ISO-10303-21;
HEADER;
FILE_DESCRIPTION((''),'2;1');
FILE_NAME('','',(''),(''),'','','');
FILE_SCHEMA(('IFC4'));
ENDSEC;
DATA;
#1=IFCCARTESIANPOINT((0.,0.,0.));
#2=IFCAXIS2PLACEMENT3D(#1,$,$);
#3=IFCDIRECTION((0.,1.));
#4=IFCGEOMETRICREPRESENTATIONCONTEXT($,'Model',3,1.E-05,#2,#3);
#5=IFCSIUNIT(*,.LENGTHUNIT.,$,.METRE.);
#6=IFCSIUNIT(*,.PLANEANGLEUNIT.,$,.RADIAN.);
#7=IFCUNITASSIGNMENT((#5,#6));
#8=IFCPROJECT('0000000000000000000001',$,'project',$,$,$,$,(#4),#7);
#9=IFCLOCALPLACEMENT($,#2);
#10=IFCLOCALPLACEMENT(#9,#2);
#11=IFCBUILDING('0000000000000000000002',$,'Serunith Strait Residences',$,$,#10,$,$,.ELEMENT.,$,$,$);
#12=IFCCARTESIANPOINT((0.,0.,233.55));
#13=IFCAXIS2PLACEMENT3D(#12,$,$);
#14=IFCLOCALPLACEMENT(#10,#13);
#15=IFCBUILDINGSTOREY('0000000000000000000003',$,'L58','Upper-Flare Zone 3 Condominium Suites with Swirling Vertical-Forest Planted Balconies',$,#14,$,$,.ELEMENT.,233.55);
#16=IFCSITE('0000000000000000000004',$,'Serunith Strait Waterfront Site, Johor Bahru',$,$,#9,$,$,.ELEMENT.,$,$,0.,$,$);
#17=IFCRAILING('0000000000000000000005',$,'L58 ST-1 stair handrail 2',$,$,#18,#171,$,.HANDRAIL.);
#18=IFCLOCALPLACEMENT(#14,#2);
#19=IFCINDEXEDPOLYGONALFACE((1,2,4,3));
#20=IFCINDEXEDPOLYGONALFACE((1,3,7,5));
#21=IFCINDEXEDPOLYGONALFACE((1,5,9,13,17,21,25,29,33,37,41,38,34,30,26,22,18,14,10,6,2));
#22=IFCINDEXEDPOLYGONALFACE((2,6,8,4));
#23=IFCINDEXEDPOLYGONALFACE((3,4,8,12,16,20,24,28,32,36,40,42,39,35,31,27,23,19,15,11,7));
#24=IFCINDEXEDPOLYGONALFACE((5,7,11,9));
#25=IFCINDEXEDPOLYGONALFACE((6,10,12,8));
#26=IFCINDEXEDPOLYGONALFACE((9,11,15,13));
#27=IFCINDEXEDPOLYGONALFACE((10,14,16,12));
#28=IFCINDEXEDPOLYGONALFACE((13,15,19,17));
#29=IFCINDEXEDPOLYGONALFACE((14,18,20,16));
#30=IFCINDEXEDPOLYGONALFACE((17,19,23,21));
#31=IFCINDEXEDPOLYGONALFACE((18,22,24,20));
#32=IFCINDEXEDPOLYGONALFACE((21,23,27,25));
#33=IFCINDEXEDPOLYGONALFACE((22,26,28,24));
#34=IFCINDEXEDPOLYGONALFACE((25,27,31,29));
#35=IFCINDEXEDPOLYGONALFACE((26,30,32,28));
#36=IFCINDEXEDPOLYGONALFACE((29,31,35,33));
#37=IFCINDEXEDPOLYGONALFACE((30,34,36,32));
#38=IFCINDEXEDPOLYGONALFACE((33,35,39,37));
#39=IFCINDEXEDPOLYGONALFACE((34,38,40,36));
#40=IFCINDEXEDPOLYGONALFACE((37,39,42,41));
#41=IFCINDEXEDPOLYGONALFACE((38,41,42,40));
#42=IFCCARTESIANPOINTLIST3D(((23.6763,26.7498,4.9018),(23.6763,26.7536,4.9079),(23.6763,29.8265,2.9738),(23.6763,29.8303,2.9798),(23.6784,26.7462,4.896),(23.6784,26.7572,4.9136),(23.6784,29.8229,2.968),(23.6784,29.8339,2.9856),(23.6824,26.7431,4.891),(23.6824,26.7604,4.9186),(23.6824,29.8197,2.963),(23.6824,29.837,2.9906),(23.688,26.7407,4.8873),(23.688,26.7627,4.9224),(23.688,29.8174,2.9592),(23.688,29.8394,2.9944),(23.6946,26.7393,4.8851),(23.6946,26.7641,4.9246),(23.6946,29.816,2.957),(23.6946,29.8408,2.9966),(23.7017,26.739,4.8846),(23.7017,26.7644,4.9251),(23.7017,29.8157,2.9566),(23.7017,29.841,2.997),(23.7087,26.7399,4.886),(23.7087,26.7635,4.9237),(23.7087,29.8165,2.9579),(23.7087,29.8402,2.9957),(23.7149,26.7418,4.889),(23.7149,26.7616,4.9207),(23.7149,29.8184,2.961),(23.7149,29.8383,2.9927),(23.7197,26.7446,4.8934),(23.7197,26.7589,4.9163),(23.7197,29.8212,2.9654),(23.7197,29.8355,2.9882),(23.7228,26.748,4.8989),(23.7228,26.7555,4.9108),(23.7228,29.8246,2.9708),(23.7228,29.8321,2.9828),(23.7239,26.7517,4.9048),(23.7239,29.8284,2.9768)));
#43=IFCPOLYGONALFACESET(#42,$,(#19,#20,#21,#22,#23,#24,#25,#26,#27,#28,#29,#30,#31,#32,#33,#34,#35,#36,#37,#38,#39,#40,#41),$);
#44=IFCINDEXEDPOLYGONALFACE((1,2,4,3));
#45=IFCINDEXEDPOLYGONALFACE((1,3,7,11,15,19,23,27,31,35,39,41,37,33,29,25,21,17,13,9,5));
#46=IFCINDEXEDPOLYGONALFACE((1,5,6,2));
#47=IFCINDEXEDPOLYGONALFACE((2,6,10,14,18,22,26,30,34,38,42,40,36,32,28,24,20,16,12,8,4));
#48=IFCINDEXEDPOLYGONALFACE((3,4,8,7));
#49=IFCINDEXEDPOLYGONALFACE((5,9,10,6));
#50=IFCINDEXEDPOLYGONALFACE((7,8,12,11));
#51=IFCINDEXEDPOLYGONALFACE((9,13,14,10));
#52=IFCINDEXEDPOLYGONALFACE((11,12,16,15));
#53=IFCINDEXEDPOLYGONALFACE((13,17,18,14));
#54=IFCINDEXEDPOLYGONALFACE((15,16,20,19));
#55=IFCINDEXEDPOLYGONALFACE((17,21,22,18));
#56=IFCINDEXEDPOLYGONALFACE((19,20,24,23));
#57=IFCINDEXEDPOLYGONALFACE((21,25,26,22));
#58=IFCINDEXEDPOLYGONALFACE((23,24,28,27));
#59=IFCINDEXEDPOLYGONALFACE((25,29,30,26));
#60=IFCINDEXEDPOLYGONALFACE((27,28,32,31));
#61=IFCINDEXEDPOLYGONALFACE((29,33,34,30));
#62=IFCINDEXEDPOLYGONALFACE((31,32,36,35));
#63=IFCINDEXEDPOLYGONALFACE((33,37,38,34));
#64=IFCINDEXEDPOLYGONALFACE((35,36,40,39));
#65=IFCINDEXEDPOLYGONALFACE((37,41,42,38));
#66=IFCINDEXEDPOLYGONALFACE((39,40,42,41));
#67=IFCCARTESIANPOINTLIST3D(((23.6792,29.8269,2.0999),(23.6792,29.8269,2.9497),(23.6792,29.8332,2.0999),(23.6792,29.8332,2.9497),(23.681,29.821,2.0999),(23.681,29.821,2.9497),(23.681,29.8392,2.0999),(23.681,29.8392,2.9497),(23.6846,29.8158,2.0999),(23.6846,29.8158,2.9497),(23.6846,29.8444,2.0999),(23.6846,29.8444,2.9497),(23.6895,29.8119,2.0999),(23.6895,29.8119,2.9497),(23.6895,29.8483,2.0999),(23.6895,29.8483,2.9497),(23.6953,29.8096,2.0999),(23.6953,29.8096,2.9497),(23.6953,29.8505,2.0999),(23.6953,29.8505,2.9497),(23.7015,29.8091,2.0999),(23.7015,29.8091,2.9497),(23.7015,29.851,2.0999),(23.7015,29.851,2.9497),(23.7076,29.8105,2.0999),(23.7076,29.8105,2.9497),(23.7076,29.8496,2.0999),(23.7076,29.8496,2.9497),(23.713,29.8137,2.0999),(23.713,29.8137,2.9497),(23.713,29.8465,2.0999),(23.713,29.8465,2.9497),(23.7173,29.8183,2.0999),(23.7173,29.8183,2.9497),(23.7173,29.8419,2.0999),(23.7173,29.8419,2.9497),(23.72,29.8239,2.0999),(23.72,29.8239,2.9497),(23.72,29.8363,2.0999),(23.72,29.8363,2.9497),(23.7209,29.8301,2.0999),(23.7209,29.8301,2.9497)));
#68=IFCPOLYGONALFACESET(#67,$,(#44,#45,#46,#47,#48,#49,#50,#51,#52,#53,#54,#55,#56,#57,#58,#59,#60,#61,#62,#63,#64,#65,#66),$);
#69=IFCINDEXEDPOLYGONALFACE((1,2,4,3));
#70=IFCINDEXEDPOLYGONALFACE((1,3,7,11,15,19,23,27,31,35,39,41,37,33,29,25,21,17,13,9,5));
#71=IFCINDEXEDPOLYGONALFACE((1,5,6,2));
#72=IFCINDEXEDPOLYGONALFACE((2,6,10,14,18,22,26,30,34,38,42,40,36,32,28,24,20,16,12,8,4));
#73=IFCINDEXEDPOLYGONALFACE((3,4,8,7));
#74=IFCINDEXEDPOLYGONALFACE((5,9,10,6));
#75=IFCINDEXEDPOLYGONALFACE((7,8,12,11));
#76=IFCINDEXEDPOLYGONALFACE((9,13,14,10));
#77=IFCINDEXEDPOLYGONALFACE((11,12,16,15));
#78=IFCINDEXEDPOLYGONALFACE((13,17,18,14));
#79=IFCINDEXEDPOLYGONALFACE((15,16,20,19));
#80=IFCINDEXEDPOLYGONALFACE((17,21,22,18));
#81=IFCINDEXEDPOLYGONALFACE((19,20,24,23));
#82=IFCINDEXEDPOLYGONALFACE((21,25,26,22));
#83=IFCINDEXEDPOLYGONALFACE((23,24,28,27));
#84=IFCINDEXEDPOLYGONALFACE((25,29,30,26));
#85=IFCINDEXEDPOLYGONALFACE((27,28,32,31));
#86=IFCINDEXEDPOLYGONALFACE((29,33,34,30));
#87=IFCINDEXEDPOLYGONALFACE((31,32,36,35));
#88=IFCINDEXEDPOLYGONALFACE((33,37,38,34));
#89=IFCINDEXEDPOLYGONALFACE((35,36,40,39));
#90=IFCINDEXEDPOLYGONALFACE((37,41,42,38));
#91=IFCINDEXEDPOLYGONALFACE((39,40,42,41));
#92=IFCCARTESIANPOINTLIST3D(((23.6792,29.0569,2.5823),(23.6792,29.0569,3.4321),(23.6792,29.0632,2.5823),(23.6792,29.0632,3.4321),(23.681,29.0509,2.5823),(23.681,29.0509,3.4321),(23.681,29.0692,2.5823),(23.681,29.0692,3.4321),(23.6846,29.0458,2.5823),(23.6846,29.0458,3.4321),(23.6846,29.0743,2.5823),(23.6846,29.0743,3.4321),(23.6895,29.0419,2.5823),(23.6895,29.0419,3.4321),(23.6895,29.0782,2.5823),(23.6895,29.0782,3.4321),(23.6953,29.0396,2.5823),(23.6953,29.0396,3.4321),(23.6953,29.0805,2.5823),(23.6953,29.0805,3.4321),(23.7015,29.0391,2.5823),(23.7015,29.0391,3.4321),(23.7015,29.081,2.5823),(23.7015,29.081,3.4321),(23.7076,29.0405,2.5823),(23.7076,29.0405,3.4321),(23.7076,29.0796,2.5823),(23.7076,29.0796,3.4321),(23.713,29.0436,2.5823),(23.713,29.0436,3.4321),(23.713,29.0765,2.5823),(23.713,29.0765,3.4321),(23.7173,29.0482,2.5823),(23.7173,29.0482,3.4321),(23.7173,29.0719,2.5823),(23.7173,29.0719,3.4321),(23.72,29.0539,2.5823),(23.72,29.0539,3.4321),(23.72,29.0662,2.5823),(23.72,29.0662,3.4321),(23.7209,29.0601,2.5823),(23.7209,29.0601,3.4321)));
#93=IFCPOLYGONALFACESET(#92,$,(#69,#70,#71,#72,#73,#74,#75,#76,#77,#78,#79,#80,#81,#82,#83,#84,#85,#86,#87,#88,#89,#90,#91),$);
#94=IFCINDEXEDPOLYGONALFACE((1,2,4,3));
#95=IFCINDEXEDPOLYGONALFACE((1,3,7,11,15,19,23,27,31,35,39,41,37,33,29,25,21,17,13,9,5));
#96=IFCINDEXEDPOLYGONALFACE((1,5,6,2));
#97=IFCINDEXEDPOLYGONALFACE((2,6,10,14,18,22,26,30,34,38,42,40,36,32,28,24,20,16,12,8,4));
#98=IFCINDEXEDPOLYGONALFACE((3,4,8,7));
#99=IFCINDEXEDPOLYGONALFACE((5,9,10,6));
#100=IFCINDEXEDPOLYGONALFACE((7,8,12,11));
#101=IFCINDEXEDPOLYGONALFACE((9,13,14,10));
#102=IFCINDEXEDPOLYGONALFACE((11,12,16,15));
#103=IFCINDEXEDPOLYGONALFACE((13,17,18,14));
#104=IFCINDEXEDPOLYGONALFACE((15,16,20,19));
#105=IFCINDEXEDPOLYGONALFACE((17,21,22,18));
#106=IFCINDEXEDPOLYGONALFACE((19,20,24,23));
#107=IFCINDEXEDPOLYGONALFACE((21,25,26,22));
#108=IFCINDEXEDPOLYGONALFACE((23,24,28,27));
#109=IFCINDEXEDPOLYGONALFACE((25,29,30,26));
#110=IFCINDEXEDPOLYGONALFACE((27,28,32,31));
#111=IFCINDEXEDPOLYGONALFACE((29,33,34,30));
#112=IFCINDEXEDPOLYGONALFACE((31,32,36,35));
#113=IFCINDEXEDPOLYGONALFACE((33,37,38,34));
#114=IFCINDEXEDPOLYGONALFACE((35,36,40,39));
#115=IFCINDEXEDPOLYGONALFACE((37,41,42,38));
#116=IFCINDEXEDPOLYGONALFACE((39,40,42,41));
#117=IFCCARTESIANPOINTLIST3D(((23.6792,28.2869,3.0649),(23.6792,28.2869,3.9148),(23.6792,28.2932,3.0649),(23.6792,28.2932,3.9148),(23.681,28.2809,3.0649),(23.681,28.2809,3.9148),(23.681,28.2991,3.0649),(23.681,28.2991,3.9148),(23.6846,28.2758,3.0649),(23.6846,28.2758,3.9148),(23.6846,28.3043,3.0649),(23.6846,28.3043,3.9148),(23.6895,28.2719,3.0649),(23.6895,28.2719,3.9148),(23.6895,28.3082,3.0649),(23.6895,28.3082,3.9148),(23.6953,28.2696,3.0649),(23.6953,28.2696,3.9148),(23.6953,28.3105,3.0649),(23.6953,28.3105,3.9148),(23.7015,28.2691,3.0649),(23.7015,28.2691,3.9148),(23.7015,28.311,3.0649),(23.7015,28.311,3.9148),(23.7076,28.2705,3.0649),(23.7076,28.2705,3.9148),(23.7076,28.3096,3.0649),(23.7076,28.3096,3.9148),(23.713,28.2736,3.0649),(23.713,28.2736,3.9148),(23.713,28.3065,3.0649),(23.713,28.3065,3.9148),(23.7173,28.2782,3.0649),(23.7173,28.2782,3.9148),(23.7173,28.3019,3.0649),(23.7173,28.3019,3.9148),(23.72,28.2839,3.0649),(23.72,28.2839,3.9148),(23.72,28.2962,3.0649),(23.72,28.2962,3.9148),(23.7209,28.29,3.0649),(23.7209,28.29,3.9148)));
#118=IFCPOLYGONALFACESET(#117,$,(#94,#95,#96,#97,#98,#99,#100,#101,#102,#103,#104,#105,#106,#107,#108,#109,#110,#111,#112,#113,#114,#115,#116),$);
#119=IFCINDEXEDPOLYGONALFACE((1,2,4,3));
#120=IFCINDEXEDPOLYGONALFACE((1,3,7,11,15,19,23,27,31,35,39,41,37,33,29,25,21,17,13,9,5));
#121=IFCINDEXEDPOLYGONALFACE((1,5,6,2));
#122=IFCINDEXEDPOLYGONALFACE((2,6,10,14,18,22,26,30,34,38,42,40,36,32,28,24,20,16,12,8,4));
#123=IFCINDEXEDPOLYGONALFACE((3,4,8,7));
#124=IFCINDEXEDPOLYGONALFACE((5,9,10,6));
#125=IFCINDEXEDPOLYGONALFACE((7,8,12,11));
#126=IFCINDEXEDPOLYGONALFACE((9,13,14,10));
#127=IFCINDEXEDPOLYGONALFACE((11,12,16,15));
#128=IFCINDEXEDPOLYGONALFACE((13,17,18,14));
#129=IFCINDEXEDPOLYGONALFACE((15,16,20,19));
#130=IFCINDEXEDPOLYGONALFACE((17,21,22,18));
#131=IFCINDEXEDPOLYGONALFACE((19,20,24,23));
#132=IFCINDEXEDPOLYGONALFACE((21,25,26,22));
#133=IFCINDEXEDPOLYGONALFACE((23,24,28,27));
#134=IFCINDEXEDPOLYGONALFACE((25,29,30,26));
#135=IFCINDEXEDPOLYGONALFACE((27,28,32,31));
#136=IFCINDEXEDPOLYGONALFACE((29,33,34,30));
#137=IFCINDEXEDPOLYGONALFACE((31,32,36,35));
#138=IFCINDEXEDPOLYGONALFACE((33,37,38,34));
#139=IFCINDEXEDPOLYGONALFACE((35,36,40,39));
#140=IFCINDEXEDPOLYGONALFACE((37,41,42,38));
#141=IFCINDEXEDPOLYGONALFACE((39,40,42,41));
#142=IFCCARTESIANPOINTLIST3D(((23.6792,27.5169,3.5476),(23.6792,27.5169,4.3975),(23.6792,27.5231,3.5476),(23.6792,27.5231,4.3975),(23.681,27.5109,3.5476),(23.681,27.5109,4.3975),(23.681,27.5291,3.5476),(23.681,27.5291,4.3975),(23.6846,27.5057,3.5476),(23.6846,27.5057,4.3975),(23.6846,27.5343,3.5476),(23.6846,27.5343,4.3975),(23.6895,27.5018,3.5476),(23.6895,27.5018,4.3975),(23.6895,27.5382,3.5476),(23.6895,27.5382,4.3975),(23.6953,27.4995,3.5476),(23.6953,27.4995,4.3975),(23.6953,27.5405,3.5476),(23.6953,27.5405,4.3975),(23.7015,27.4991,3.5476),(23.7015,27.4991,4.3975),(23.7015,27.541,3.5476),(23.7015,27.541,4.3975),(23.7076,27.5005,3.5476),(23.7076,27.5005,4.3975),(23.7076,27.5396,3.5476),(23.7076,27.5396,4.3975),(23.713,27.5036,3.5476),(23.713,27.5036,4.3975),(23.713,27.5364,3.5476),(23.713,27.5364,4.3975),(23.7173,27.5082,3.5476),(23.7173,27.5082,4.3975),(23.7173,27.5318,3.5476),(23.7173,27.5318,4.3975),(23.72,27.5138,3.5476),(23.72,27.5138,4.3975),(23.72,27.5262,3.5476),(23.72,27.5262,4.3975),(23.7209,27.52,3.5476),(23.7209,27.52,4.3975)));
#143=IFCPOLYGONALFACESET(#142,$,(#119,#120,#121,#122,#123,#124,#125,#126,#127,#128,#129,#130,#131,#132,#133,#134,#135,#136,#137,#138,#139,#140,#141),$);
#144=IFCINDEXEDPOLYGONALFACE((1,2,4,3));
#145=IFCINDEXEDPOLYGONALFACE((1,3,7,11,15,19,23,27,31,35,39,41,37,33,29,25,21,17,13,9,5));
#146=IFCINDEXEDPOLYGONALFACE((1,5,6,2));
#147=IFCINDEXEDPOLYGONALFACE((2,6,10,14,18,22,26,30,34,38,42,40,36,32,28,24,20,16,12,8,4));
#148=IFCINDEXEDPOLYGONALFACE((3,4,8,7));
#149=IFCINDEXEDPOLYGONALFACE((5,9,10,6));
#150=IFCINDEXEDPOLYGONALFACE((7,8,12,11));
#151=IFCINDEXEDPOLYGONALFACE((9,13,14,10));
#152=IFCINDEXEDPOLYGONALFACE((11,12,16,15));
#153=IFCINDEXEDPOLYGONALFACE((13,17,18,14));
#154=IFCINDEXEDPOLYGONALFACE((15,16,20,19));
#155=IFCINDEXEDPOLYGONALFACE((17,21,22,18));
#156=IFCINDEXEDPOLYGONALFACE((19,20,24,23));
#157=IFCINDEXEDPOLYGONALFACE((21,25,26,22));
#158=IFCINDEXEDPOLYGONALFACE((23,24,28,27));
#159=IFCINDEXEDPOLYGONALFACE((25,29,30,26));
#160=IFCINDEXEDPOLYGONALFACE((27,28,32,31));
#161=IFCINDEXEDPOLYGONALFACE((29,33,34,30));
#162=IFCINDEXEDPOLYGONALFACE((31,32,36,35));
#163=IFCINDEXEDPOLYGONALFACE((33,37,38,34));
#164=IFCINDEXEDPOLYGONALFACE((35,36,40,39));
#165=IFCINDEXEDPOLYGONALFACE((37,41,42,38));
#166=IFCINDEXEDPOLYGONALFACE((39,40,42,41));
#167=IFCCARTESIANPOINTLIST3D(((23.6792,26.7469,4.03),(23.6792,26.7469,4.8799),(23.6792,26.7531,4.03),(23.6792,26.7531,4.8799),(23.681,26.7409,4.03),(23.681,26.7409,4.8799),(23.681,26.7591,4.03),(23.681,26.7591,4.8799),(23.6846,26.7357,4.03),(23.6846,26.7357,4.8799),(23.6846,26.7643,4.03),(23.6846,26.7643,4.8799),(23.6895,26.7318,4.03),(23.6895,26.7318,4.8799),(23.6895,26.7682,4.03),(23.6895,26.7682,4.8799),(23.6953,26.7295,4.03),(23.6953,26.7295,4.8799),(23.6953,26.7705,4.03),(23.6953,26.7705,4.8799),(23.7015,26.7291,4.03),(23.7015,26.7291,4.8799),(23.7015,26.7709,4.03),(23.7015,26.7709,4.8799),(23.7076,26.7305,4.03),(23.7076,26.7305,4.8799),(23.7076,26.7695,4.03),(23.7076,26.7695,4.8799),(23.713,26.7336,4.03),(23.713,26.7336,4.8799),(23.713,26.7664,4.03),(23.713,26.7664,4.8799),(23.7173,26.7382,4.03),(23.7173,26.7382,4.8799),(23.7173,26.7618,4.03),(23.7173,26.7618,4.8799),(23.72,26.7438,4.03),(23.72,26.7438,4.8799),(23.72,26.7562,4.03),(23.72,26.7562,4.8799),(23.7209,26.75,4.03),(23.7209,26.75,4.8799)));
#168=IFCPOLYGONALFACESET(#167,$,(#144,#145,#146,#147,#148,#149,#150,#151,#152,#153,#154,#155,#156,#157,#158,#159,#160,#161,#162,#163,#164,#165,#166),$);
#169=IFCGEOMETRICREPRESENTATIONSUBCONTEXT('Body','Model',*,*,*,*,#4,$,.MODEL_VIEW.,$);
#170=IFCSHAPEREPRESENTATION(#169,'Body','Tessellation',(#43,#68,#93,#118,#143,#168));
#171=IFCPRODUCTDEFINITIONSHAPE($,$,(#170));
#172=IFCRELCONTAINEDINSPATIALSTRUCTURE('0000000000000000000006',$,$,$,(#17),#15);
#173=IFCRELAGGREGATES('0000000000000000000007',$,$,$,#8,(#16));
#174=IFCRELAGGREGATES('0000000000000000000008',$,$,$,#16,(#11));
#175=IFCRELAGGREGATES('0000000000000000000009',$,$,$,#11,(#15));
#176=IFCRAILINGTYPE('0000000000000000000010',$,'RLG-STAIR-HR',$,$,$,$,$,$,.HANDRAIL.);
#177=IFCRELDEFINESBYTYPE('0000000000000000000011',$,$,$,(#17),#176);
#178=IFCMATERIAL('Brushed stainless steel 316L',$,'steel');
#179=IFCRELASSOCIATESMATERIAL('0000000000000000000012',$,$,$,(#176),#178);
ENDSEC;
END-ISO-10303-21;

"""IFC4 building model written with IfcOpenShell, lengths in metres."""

from ifc_helpers import new_model, si_unit, direction, frame, origin, origin_2d, place, context, subcontext, project, spatial, circle, extrude, material, type_object, element, save


model = new_model("IFC4")

# Units and contexts
model_context = context("Model", 3, precision=1e-05, world=origin(), true_north=direction((0.0, 1.0)))
body_context = subcontext(model_context, "Body", "Model", "MODEL_VIEW")
ifc_project = project(units=[si_unit("LENGTHUNIT", "METRE"), si_unit("PLANEANGLEUNIT", "RADIAN")], contexts=[model_context])

# Site, building, storey
site_placement = place(None, origin())
site = spatial("IfcSite", under=ifc_project, at=site_placement, Name="Serunith Strait Waterfront Site, Johor Bahru", CompositionType="ELEMENT", RefElevation=0.0)
building_placement = place(site_placement, origin())
building = spatial("IfcBuilding", under=site, at=building_placement, Name="Serunith Strait Residences", CompositionType="ELEMENT")
storey_placement = place(building_placement, frame((0.0, 0.0, 233.55)))
storey = spatial("IfcBuildingStorey", under=building, at=storey_placement, Name="L58", Description="Upper-Flare Zone 3 Condominium Suites with Swirling Vertical-Forest Planted Balconies", CompositionType="ELEMENT", Elevation=233.55)

# Railing
ifc_material_1 = material(Name="Brushed stainless steel 316L", Category="steel")
railing_type_1 = type_object("IfcRailingType", Name="RLG-STAIR-HR", PredefinedType="HANDRAIL", material=ifc_material_1)
railing_1_placement = place(storey_placement, frame((23.7, 29.8301, 2.0999)))
element("IfcRailing", 1, at=railing_1_placement, inside=storey, type_object=railing_type_1, Name="L58 ST-1 stair handrail 2", PredefinedType="HANDRAIL", context=body_context, shape_type="SweptSolid", body=[
    extrude(circle(Radius=0.0239, at=origin_2d()), frame((0.0, -0.0017, 0.877), z_axis=(0.0, -0.847364, 0.531013), x_axis=(1.0, 0.0, 0.0)), (0.0, 0.0, 1.0), 3.6309),
    extrude(circle(Radius=0.021, at=origin_2d()), origin(), (0.0, 0.0, 1.0), 0.8499),
    extrude(circle(Radius=0.021, at=origin_2d()), frame((0.0, -0.77, 0.4824)), (0.0, 0.0, 1.0), 0.8499),
    extrude(circle(Radius=0.021, at=origin_2d()), frame((0.0, -1.54, 0.9651)), (0.0, 0.0, 1.0), 0.8499),
    extrude(circle(Radius=0.021, at=origin_2d()), frame((0.0, -2.3101, 1.4478)), (0.0, 0.0, 1.0), 0.8499),
    extrude(circle(Radius=0.021, at=origin_2d()), frame((0.0, -3.0801, 1.9302)), (0.0, 0.0, 1.0), 0.8499),
])

save(model, "model.ifc")
